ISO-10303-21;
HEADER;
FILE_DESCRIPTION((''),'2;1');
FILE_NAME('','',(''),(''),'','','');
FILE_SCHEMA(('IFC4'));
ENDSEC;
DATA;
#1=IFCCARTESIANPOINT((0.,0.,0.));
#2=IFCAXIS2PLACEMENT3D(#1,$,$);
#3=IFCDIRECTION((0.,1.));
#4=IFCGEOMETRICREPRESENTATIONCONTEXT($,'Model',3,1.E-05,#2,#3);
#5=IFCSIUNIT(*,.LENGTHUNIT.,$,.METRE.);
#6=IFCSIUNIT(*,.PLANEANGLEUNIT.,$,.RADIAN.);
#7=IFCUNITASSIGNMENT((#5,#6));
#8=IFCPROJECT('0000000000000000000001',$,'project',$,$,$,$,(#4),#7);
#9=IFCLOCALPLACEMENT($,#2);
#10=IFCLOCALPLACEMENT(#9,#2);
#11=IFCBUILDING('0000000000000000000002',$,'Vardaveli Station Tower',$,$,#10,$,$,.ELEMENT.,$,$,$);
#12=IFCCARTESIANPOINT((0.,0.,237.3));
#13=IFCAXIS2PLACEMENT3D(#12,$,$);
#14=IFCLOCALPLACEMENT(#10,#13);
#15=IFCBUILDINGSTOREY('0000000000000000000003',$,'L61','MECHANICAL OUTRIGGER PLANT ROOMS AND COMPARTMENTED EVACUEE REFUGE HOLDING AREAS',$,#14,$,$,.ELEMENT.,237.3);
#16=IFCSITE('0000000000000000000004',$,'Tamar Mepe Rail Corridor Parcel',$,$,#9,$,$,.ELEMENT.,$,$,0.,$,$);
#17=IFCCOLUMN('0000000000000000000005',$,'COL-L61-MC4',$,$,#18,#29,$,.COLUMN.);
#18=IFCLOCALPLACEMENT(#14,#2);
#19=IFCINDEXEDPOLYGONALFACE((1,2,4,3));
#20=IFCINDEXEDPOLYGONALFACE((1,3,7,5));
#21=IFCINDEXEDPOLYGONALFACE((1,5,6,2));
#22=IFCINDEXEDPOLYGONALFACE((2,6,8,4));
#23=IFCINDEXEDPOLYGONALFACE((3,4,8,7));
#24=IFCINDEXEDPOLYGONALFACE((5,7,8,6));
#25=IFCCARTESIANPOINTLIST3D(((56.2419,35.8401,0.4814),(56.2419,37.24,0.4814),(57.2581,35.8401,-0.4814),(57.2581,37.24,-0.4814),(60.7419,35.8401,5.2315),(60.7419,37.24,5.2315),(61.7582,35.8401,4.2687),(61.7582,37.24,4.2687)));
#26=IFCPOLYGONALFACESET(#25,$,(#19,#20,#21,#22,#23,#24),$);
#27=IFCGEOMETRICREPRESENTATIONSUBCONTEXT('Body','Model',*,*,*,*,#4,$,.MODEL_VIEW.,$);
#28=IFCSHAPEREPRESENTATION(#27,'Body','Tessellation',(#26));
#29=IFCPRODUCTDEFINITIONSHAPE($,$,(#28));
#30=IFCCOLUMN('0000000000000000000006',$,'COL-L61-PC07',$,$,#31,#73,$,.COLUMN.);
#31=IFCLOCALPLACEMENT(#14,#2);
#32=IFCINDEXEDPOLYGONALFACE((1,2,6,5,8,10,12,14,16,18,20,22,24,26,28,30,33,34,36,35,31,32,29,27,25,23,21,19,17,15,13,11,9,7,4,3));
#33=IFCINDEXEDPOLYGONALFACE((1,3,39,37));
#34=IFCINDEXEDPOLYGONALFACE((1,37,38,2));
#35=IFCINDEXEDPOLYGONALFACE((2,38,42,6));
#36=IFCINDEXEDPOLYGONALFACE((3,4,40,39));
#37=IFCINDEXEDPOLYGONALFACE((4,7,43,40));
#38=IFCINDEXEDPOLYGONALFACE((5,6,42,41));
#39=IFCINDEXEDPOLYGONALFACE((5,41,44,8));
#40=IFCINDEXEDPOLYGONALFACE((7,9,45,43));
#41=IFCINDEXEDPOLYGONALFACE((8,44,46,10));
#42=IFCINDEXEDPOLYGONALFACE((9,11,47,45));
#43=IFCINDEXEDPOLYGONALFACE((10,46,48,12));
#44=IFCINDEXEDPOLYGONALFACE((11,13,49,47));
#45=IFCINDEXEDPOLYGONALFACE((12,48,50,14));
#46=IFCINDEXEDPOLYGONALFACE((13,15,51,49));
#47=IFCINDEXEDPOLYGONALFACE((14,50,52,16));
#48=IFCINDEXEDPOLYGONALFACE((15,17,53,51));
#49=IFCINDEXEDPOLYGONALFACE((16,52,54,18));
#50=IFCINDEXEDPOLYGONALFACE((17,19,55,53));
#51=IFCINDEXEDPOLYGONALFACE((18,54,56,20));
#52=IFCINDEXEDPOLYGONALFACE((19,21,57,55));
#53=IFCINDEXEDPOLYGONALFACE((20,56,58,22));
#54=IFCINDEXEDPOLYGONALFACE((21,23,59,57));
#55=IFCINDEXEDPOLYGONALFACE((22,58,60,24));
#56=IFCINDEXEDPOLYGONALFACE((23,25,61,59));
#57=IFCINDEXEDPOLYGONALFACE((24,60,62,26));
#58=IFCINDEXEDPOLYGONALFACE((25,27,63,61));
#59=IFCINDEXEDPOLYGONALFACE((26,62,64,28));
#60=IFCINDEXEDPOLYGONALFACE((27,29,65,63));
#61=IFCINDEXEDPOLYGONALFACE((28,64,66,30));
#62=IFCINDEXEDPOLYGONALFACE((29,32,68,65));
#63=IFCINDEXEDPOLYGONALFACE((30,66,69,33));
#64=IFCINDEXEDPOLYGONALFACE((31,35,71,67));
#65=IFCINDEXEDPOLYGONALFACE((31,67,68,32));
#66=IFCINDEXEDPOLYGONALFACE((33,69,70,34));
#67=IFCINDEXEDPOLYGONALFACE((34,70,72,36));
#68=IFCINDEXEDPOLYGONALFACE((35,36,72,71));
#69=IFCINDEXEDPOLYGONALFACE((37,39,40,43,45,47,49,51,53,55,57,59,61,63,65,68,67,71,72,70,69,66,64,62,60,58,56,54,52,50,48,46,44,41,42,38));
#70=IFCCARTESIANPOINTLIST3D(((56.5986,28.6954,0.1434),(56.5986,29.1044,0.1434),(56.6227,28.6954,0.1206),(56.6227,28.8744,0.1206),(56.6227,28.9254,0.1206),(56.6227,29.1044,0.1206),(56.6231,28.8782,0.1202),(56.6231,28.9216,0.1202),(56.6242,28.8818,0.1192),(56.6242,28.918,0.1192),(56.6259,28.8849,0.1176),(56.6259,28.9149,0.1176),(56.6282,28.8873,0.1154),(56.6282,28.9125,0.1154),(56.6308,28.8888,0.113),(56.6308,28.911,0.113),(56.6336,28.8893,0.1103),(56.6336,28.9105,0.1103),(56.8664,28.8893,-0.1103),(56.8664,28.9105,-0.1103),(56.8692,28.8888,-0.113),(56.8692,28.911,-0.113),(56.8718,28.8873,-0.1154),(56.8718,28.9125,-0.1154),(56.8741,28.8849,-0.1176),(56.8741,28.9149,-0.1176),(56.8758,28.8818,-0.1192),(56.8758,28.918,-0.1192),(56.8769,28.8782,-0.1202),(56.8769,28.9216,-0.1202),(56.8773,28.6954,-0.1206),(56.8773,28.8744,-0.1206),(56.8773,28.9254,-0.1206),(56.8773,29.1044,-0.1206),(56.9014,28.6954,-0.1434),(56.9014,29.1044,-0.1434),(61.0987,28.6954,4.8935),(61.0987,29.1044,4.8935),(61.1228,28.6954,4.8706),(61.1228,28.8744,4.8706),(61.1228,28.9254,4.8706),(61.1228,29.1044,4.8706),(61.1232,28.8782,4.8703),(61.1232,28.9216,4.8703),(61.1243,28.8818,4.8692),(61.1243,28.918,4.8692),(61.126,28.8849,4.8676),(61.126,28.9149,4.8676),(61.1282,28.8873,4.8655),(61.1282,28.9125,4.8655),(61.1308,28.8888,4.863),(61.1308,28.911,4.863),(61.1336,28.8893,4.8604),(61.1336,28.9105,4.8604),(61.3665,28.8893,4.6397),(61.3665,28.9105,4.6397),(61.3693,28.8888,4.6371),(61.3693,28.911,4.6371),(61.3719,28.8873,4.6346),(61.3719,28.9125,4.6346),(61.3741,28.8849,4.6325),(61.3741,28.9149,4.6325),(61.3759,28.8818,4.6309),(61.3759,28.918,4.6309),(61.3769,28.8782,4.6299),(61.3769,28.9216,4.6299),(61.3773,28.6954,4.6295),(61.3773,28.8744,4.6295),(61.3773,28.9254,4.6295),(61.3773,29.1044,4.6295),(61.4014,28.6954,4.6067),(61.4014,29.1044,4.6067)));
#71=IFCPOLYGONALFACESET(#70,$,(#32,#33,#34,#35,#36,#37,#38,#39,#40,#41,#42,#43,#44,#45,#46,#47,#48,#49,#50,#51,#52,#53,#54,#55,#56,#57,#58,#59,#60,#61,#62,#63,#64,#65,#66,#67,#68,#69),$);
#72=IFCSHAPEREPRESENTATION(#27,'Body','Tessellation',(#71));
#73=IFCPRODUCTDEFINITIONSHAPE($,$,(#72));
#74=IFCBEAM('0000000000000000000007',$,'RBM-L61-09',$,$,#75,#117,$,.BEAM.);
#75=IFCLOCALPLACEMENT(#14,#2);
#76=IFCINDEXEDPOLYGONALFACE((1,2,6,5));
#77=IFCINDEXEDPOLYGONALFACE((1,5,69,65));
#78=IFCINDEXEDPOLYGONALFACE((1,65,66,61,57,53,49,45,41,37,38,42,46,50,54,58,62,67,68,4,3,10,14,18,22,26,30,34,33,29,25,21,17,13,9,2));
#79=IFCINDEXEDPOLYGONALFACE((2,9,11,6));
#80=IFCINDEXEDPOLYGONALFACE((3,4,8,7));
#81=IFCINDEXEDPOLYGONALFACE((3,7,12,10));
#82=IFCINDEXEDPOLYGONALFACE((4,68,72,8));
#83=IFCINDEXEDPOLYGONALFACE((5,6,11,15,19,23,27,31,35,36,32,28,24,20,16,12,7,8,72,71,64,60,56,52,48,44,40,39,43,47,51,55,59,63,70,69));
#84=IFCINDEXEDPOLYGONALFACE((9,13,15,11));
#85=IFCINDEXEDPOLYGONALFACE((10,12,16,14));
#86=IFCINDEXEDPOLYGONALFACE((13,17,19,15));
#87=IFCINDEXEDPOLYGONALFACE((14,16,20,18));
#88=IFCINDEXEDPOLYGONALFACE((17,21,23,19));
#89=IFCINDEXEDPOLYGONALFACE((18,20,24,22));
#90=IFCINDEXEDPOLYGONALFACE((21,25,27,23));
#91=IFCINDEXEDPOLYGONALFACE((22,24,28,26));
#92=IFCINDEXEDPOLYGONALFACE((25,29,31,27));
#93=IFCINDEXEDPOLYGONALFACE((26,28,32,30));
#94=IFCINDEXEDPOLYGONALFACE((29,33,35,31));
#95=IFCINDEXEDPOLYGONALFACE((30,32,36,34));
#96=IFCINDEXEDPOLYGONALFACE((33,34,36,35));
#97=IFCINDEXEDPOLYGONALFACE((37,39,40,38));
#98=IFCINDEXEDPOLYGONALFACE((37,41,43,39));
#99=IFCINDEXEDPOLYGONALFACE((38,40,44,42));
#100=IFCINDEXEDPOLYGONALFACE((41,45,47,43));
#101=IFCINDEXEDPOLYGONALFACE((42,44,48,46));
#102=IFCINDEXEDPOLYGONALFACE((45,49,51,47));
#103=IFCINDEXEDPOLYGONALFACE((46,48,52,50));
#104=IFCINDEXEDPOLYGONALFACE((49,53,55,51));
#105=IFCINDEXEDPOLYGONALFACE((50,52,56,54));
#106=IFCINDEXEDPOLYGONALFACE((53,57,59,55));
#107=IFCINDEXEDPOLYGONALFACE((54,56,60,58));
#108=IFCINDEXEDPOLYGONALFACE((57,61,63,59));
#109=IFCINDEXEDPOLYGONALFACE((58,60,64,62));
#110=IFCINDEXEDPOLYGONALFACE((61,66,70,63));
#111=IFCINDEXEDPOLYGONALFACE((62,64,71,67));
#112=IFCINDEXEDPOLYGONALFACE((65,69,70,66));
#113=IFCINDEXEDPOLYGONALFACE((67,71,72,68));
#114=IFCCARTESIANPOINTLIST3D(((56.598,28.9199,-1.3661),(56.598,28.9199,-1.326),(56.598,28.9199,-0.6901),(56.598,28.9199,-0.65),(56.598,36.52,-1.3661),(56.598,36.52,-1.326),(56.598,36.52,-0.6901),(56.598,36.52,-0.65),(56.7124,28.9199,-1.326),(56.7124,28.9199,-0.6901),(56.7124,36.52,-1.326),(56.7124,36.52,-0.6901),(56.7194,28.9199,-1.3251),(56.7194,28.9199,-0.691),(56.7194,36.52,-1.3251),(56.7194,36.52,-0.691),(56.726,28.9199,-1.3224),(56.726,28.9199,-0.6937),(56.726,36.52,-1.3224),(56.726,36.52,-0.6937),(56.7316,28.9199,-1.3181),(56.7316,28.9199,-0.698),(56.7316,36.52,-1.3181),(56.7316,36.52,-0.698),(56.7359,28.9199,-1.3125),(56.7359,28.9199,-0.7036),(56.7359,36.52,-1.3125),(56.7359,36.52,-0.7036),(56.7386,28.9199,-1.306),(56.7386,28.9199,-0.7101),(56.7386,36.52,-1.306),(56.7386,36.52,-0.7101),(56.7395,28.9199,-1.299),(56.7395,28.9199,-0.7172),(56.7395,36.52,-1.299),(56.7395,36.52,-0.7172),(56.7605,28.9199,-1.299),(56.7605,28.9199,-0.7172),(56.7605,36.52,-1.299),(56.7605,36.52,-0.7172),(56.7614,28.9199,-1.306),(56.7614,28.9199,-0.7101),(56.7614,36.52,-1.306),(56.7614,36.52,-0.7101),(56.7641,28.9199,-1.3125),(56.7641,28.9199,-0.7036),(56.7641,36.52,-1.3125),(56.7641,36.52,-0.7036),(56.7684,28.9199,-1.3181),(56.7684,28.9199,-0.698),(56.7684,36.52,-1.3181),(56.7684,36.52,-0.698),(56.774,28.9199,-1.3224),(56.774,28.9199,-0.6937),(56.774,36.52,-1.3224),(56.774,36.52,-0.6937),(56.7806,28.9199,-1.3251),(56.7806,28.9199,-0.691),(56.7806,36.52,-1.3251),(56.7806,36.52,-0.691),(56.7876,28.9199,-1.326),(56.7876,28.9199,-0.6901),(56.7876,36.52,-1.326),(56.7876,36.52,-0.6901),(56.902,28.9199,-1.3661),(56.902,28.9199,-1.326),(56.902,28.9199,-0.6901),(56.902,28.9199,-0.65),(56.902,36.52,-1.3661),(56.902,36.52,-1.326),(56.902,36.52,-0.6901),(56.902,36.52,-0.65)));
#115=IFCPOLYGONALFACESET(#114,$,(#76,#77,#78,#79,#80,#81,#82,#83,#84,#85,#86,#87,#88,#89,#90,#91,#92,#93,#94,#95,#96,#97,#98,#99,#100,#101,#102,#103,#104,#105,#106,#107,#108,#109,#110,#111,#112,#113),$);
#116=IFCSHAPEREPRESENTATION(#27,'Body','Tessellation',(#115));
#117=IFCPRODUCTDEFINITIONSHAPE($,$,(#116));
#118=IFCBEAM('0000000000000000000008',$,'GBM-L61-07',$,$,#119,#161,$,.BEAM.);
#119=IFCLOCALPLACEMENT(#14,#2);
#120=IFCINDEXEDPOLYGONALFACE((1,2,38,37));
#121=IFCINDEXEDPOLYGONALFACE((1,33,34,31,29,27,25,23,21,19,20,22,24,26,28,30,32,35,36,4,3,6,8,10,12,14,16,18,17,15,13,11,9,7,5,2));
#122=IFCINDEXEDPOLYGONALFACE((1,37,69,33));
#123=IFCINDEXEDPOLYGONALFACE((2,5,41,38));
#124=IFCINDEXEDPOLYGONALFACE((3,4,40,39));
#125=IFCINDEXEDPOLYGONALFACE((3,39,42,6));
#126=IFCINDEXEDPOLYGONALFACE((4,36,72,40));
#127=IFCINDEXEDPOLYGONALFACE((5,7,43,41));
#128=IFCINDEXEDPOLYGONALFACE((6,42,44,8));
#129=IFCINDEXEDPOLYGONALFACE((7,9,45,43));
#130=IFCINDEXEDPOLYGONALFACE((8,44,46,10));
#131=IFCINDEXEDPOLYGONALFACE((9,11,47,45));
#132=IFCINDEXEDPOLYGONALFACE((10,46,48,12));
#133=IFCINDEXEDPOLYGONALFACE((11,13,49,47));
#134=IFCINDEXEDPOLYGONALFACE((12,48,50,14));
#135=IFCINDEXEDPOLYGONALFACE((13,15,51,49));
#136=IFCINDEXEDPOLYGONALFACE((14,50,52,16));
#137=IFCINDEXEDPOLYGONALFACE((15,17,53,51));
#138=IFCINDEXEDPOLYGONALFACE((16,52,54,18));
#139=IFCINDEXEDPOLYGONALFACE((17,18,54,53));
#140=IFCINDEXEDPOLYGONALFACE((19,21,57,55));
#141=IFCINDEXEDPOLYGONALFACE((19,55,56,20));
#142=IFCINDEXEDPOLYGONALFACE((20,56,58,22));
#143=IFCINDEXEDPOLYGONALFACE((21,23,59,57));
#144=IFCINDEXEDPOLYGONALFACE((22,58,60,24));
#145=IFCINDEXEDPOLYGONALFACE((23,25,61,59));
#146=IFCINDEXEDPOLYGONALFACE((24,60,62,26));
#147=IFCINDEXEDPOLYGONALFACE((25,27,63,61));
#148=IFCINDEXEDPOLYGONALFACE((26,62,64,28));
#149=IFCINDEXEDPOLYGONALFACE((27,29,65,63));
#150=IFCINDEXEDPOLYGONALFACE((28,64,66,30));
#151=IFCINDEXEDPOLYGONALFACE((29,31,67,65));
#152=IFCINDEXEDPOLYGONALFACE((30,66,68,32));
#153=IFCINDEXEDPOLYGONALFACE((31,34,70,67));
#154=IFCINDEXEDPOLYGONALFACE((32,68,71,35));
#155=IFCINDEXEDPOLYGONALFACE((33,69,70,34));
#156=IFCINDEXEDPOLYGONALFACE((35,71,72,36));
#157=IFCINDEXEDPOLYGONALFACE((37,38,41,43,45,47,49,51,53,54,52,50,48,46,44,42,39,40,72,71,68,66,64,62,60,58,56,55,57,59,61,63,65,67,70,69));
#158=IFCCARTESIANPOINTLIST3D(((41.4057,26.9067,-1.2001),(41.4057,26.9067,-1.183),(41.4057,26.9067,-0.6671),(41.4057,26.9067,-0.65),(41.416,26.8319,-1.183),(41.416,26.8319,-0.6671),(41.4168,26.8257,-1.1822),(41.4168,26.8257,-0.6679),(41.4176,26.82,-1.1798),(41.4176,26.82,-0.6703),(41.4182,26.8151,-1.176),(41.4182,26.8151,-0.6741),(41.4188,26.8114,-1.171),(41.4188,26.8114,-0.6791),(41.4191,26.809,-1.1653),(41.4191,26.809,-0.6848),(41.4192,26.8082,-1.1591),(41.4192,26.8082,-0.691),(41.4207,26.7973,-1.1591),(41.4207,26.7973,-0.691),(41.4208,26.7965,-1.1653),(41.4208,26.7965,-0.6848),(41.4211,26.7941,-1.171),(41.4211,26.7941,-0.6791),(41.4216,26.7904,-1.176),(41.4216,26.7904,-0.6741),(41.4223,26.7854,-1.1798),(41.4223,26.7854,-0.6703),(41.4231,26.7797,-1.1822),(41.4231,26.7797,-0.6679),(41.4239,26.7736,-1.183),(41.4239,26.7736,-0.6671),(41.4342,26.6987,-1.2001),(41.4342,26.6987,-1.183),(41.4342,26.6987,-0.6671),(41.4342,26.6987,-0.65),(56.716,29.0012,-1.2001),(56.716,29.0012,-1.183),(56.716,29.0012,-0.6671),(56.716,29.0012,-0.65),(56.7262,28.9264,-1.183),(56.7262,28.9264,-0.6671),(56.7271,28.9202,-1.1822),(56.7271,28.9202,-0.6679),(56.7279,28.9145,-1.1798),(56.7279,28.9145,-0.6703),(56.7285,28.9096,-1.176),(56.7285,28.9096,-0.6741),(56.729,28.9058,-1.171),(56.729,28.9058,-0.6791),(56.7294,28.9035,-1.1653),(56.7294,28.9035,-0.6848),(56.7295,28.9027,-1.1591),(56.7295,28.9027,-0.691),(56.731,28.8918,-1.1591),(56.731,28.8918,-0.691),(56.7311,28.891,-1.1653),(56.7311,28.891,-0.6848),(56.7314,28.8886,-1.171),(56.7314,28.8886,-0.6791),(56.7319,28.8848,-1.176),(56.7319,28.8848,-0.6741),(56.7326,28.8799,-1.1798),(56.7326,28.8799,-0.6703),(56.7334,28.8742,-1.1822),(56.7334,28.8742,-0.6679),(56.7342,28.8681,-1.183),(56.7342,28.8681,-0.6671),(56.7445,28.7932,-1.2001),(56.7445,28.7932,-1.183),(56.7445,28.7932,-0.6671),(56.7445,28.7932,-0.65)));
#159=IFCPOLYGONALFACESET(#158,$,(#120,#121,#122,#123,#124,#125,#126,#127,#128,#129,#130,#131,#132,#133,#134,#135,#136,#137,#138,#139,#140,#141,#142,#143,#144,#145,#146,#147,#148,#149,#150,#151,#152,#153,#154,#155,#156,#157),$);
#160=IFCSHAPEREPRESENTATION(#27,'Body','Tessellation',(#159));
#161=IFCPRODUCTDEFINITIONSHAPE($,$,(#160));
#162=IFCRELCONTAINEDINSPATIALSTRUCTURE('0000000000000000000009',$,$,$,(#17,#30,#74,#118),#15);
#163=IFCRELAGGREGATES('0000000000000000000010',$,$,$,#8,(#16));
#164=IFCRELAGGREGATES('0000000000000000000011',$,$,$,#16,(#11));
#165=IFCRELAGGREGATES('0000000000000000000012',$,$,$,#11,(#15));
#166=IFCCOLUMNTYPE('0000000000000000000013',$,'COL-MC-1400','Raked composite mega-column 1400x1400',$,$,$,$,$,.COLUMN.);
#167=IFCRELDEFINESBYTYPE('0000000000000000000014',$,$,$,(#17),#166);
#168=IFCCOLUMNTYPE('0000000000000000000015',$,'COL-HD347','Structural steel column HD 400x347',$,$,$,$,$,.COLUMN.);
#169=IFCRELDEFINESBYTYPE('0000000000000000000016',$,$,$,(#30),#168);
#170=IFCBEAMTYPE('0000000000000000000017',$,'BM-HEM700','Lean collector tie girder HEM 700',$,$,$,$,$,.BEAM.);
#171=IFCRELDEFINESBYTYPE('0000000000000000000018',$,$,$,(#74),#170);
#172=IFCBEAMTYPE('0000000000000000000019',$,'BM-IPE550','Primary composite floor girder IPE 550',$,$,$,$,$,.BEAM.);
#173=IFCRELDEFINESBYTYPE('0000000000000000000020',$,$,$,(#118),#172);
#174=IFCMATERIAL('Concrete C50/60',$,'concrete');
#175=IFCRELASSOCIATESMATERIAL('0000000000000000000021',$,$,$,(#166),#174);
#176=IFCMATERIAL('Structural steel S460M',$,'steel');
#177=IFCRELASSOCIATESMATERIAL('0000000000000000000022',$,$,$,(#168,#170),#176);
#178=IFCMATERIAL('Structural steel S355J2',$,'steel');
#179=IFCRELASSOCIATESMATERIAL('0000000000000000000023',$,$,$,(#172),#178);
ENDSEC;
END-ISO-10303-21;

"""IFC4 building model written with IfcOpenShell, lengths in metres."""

from ifc_helpers import new_model, si_unit, direction, frame, origin, origin_2d, place, context, subcontext, project, spatial, rectangle, i_section, extrude, source, transform, mapped, material, material_profile, profile_set, type_object, element, save


model = new_model("IFC4")

# Units and contexts
model_context = context("Model", 3, precision=1e-05, world=origin(), true_north=direction((0.0, 1.0)))
body_context = subcontext(model_context, "Body", "Model", "MODEL_VIEW")
ifc_project = project(units=[si_unit("LENGTHUNIT", "METRE"), si_unit("PLANEANGLEUNIT", "RADIAN")], contexts=[model_context])

# Site, building, storey
site_placement = place(None, origin())
site = spatial("IfcSite", under=ifc_project, at=site_placement, Name="Tamar Mepe Rail Corridor Parcel", CompositionType="ELEMENT", RefElevation=0.0)
building_placement = place(site_placement, origin())
building = spatial("IfcBuilding", under=site, at=building_placement, Name="Vardaveli Station Tower", CompositionType="ELEMENT")
storey_placement = place(building_placement, frame((0.0, 0.0, 237.3)))
storey = spatial("IfcBuildingStorey", under=building, at=storey_placement, Name="L61", Description="MECHANICAL OUTRIGGER PLANT ROOMS AND COMPARTMENTED EVACUEE REFUGE HOLDING AREAS", CompositionType="ELEMENT", Elevation=237.3)

# Columns
ifc_material_1 = material(Name="Concrete C50/60", Category="concrete")
ifc_material_profile_1 = material_profile(ifc_material_1, rectangle(XDim=1.3999, YDim=1.3999, at=origin_2d()), Name="MC 1400x1400")
ifc_profile_set_1 = profile_set([ifc_material_profile_1], Name="Concrete C50/60")
column_type_1 = type_object("IfcColumnType", Name="COL-MC-1400", Description="Raked composite mega-column 1400x1400", PredefinedType="COLUMN", material=ifc_profile_set_1)
shared_shape_1 = source(origin(), body_context, "Body", "SweptSolid", [
    extrude(rectangle(XDim=1.3999, YDim=1.3999, at=origin_2d()), origin(), (0.0, 0.0, 1.0), 6.5432),
])
column_1_placement = place(storey_placement, frame((56.75, 36.54, 0.0), z_axis=(0.687745, 0.0, 0.725953), x_axis=(0.0, 1.0, 0.0)))
element("IfcColumn", 1, at=column_1_placement, inside=storey, type_object=column_type_1, Name="COL-L61-MC4", PredefinedType="COLUMN", context=body_context, shape_type="MappedRepresentation", body=[
    mapped(shared_shape_1, transform((0.0, 0.0, 0.0), scale=1.0)),
])
ifc_material_2 = material(Name="Structural steel S460M", Category="steel")
ifc_material_profile_2 = material_profile(ifc_material_2, i_section(OverallWidth=0.4089, OverallDepth=0.417, WebThickness=0.0212, FlangeThickness=0.0332, FilletRadius=0.0149, at=origin_2d()), Name="HD 400x347")
ifc_profile_set_2 = profile_set([ifc_material_profile_2], Name="Structural steel S460M")
column_type_2 = type_object("IfcColumnType", Name="COL-HD347", Description="Structural steel column HD 400x347", PredefinedType="COLUMN", material=ifc_profile_set_2)
shared_shape_2 = source(origin(), body_context, "Body", "SweptSolid", [
    extrude(i_section(OverallWidth=0.4089, OverallDepth=0.417, WebThickness=0.0212, FlangeThickness=0.0332, FilletRadius=0.0149, at=origin_2d()), origin(), (0.0, 0.0, 1.0), 6.5432),
])
column_2_placement = place(storey_placement, frame((56.75, 28.8999, 0.0), z_axis=(0.687745, 0.0, 0.725953), x_axis=(0.0, 1.0, 0.0)))
element("IfcColumn", 2, at=column_2_placement, inside=storey, type_object=column_type_2, Name="COL-L61-PC07", PredefinedType="COLUMN", context=body_context, shape_type="MappedRepresentation", body=[
    mapped(shared_shape_2, transform((0.0, 0.0, 0.0), scale=1.0)),
])

# Beams
ifc_material_profile_3 = material_profile(ifc_material_2, i_section(OverallWidth=0.304, OverallDepth=0.7161, WebThickness=0.021, FlangeThickness=0.04, FilletRadius=0.0271, at=origin_2d()), Name="HEM 700")
ifc_profile_set_3 = profile_set([ifc_material_profile_3], Name="Structural steel S460M")
beam_type_1 = type_object("IfcBeamType", Name="BM-HEM700", Description="Lean collector tie girder HEM 700", PredefinedType="BEAM", material=ifc_profile_set_3)
shared_shape_3 = source(origin(), body_context, "Body", "SweptSolid", [
    extrude(i_section(OverallWidth=0.304, OverallDepth=0.7161, WebThickness=0.021, FlangeThickness=0.04, FilletRadius=0.0271, at=origin_2d()), origin(), (0.0, 0.0, 1.0), 7.6001),
])
beam_1_placement = place(storey_placement, frame((56.75, 28.9199, -1.0081), z_axis=(0.0, 1.0, 0.0), x_axis=(-1.0, 0.0, 0.0)))
element("IfcBeam", 3, at=beam_1_placement, inside=storey, type_object=beam_type_1, Name="RBM-L61-09", PredefinedType="BEAM", context=body_context, shape_type="MappedRepresentation", body=[
    mapped(shared_shape_3, transform((0.0, 0.0, 0.0), scale=1.0)),
])
ifc_material_3 = material(Name="Structural steel S355J2", Category="steel")
ifc_material_profile_4 = material_profile(ifc_material_3, i_section(OverallWidth=0.21, OverallDepth=0.55, WebThickness=0.011, FlangeThickness=0.0171, FilletRadius=0.0239, at=origin_2d()), Name="IPE 550")
ifc_profile_set_4 = profile_set([ifc_material_profile_4], Name="Structural steel S355J2")
beam_type_2 = type_object("IfcBeamType", Name="BM-IPE550", Description="Primary composite floor girder IPE 550", PredefinedType="BEAM", material=ifc_profile_set_4)
shared_shape_4 = source(origin(), body_context, "Body", "SweptSolid", [
    extrude(i_section(OverallWidth=0.21, OverallDepth=0.55, WebThickness=0.011, FlangeThickness=0.0171, FilletRadius=0.0239, at=origin_2d()), origin(), (0.0, 0.0, 1.0), 15.4529),
])
beam_2_placement = place(storey_placement, frame((56.7302, 28.8972, -0.925), z_axis=(-0.990772, -0.13554, 0.0), x_axis=(0.13554, -0.990772, 0.0)))
element("IfcBeam", 4, at=beam_2_placement, inside=storey, type_object=beam_type_2, Name="GBM-L61-07", PredefinedType="BEAM", context=body_context, shape_type="MappedRepresentation", body=[
    mapped(shared_shape_4, transform((0.0, 0.0, 0.0), scale=1.0)),
])

save(model, "model.ifc")
